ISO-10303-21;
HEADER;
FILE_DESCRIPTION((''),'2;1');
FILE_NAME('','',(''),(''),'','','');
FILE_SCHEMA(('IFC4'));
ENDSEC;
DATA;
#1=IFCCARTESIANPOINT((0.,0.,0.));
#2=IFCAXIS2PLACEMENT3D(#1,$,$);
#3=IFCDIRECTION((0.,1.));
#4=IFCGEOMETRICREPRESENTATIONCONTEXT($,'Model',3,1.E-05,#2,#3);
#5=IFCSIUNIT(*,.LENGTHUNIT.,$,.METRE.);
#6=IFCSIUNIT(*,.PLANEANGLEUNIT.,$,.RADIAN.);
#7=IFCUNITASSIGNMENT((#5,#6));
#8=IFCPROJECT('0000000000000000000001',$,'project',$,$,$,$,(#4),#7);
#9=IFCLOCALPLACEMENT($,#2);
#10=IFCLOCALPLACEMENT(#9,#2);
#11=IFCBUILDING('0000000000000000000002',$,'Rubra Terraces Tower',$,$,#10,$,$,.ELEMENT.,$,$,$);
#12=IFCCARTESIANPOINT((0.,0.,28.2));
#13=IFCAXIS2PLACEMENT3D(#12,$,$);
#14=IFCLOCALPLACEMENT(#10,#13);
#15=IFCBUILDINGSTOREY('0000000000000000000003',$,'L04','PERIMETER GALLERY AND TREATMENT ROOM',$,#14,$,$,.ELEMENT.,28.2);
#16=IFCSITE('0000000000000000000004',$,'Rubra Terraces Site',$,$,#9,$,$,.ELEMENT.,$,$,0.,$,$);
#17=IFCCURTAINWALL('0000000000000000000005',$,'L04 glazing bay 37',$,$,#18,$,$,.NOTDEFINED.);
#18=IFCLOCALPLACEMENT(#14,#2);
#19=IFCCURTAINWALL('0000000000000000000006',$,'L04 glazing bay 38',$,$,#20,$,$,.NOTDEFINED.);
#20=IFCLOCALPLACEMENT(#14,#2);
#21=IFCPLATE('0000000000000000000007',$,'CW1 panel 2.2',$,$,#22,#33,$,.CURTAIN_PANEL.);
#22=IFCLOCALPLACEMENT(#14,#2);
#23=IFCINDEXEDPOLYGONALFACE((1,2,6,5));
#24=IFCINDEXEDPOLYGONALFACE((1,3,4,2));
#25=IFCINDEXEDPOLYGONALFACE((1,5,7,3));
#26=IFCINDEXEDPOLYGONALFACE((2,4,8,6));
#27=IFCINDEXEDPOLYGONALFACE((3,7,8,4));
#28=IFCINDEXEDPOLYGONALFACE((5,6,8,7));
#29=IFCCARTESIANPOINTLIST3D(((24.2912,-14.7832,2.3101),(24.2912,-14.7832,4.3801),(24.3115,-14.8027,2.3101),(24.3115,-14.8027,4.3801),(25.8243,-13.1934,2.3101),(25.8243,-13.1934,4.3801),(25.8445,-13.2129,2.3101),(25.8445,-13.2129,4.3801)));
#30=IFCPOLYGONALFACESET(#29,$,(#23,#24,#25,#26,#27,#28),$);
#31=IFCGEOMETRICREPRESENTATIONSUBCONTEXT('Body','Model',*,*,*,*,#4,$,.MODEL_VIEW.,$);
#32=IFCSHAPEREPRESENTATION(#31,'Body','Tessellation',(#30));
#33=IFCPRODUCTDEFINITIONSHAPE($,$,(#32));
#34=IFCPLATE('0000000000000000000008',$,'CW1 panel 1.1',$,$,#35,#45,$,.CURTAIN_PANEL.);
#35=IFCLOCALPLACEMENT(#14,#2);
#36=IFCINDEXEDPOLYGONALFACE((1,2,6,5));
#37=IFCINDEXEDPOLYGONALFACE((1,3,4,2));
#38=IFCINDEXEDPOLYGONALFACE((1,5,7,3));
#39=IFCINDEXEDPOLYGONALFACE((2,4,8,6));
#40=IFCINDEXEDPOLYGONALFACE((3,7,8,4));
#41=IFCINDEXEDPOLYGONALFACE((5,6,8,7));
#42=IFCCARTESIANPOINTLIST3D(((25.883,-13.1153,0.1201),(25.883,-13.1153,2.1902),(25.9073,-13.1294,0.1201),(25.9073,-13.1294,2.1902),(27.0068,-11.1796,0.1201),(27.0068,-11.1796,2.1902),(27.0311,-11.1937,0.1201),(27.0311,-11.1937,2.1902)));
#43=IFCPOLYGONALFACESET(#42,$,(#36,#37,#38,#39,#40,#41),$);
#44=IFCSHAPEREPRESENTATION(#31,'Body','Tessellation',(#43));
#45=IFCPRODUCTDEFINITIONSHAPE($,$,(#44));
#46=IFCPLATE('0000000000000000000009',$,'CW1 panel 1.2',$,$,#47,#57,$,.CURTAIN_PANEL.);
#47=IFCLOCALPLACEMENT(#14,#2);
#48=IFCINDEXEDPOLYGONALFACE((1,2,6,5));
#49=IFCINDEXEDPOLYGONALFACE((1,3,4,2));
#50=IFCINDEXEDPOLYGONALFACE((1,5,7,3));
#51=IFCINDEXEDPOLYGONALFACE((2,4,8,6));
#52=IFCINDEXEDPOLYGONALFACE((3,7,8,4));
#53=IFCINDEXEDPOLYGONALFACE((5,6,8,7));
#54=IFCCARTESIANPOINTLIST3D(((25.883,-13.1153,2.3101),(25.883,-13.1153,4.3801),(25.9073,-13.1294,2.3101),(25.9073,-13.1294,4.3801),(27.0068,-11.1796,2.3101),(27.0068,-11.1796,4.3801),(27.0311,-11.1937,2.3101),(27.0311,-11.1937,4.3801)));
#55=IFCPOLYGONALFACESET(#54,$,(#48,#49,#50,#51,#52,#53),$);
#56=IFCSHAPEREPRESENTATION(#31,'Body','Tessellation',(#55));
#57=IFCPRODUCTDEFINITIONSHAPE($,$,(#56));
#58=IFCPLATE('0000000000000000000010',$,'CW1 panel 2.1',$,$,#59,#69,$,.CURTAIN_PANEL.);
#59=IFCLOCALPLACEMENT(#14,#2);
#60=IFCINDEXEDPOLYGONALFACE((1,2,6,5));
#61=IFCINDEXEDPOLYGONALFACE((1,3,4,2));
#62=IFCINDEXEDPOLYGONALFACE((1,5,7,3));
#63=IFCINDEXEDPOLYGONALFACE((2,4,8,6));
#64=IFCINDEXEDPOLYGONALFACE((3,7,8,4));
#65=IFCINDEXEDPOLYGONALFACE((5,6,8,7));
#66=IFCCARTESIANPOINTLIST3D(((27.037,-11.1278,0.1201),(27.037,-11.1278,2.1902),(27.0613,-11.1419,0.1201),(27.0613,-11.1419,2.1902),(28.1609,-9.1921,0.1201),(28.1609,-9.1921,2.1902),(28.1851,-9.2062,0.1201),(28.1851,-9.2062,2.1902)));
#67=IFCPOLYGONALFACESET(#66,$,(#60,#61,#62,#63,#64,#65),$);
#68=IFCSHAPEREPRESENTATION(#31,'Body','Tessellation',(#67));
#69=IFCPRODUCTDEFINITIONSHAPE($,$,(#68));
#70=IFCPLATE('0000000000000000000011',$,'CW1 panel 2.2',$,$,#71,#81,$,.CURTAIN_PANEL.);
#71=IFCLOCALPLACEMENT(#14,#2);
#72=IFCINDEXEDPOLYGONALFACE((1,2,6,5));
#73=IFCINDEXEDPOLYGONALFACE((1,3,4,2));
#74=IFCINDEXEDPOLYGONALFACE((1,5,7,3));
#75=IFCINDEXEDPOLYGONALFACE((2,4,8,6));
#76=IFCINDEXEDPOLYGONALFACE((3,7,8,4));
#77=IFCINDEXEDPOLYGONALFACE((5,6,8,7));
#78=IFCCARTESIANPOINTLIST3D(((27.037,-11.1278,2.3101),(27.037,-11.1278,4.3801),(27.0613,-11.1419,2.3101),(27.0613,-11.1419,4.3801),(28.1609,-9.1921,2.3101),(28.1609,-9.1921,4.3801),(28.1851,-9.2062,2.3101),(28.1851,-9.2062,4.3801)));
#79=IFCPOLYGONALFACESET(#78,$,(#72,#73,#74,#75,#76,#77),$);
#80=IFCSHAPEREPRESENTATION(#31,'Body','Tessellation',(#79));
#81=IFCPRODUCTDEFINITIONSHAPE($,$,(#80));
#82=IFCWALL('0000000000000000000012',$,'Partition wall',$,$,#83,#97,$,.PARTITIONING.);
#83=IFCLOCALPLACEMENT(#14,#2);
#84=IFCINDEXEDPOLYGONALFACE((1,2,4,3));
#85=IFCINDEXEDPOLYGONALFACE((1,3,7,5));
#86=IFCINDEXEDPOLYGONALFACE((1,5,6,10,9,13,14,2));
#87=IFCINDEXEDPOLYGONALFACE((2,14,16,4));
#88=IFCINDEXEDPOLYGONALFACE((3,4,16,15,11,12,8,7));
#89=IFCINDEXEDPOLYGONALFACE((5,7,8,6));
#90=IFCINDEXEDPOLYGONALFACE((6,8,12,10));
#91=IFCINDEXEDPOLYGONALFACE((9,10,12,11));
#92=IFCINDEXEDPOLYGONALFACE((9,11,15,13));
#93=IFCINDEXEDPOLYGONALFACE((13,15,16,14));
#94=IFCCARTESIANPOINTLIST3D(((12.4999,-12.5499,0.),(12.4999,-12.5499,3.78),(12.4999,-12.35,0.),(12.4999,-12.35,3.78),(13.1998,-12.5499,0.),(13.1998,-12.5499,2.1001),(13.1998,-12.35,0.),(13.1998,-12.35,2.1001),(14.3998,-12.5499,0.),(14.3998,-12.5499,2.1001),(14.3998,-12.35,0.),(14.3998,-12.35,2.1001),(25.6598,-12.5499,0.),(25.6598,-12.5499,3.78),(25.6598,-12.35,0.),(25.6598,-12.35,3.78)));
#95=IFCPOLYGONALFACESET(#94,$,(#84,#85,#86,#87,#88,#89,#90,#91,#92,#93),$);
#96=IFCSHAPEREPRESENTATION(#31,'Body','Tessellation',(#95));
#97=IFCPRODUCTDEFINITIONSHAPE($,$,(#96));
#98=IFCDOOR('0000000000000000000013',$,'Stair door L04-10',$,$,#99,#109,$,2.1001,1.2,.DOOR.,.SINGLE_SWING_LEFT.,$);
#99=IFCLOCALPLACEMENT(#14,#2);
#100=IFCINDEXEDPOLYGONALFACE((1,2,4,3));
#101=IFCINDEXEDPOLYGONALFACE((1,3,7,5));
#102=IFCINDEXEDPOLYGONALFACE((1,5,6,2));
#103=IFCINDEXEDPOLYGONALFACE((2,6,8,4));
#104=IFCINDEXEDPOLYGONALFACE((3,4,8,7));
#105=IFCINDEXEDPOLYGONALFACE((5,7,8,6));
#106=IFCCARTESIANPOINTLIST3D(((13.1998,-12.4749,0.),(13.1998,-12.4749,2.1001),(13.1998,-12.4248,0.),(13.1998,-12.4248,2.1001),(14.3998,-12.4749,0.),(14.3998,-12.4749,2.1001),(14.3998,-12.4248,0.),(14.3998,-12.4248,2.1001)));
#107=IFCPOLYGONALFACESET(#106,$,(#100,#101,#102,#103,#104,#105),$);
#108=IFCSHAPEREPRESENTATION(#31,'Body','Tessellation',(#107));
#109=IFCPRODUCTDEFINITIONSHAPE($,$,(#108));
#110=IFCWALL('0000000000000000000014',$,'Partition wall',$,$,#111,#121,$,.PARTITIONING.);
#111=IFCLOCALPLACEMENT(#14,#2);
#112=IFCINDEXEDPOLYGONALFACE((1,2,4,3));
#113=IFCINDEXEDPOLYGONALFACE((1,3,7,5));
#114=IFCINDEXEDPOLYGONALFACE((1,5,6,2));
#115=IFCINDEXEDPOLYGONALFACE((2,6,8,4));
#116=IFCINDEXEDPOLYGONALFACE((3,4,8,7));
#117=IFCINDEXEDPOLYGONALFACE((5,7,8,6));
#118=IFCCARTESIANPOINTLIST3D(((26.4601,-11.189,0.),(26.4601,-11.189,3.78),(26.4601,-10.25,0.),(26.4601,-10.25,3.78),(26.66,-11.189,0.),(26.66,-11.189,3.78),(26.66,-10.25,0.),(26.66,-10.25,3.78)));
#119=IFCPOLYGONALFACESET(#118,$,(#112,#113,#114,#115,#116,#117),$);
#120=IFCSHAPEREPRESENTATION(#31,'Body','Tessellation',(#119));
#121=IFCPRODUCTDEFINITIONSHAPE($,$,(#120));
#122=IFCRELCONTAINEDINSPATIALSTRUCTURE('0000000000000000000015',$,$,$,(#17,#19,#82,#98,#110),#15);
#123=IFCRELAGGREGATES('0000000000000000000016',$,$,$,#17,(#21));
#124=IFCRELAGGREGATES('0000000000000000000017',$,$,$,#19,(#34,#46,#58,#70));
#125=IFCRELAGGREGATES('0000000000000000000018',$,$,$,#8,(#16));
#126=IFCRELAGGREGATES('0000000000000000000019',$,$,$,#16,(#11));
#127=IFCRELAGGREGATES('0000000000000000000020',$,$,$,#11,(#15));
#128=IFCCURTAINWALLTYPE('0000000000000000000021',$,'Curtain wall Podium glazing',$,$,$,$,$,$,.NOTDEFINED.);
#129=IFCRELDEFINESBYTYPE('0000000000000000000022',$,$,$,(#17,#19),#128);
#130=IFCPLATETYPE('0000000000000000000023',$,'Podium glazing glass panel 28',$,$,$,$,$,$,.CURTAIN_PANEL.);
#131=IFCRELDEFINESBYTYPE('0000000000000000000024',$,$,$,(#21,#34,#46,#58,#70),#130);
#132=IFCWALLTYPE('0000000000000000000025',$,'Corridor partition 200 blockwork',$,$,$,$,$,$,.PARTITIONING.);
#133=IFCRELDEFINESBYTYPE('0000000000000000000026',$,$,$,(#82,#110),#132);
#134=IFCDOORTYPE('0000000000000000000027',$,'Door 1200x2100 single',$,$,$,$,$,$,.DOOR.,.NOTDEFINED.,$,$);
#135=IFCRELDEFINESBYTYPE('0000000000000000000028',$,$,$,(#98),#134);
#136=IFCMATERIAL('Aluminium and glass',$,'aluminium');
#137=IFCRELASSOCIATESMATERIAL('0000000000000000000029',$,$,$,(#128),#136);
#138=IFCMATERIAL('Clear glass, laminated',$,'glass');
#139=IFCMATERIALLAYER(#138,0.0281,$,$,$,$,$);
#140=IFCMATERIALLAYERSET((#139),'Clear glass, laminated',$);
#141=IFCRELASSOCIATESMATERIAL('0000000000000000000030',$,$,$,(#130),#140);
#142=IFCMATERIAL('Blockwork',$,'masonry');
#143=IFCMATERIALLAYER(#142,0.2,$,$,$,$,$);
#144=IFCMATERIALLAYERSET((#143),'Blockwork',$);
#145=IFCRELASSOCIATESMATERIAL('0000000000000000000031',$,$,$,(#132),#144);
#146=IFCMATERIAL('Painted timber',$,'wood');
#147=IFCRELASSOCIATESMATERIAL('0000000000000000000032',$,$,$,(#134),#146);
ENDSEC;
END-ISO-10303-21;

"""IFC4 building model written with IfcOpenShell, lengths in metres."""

from ifc_helpers import new_model, si_unit, direction, frame, frame_2d, origin, origin_2d, place, context, subcontext, project, spatial, rectangle, extrude, material, layer, layer_set, type_object, element, fill, aggregate, save


model = new_model("IFC4")

# Units and contexts
model_context = context("Model", 3, precision=1e-05, world=origin(), true_north=direction((0.0, 1.0)))
body_context = subcontext(model_context, "Body", "Model", "MODEL_VIEW")
ifc_project = project(units=[si_unit("LENGTHUNIT", "METRE"), si_unit("PLANEANGLEUNIT", "RADIAN")], contexts=[model_context])

# Site, building, storey
site_placement = place(None, origin())
site = spatial("IfcSite", under=ifc_project, at=site_placement, Name="Rubra Terraces Site", CompositionType="ELEMENT", RefElevation=0.0)
building_placement = place(site_placement, origin())
building = spatial("IfcBuilding", under=site, at=building_placement, Name="Rubra Terraces Tower", CompositionType="ELEMENT")
storey_placement = place(building_placement, frame((0.0, 0.0, 28.2)))
storey = spatial("IfcBuildingStorey", under=building, at=storey_placement, Name="L04", Description="PERIMETER GALLERY AND TREATMENT ROOM", CompositionType="ELEMENT", Elevation=28.2)

# Curtain walls
ifc_material_1 = material(Name="Aluminium and glass", Category="aluminium")
curtain_wall_type = type_object("IfcCurtainWallType", Name="Curtain wall Podium glazing", PredefinedType="NOTDEFINED", material=ifc_material_1)
curtain_wall_1_placement = place(storey_placement, origin())
curtain_wall_1 = element("IfcCurtainWall", 1, at=curtain_wall_1_placement, inside=storey, type_object=curtain_wall_type, Name="L04 glazing bay 37", PredefinedType="NOTDEFINED")
curtain_wall_2_placement = place(storey_placement, origin())
curtain_wall_2 = element("IfcCurtainWall", 2, at=curtain_wall_2_placement, inside=storey, type_object=curtain_wall_type, Name="L04 glazing bay 38", PredefinedType="NOTDEFINED")

# Shared definitions
ifc_material_2 = material(Name="Clear glass, laminated", Category="glass")
ifc_layer_1 = layer(ifc_material_2, 0.0281)
ifc_layer_set_1 = layer_set([ifc_layer_1], Name="Clear glass, laminated")
plate_type = type_object("IfcPlateType", Name="Podium glazing glass panel 28", PredefinedType="CURTAIN_PANEL", material=ifc_layer_set_1)

# Plates
plate_1_placement = place(storey_placement, frame((25.0679, -13.998, 2.3101), z_axis=(0.0, 0.0, 1.0), x_axis=(0.694156, 0.719825, 0.0)))
plate_1 = element("IfcPlate", 3, at=plate_1_placement, type_object=plate_type, Name="CW1 panel 2.2", PredefinedType="CURTAIN_PANEL", context=body_context, shape_type="SweptSolid", body=[
    extrude(rectangle(XDim=2.2085, YDim=0.0281, at=origin_2d()), origin(), (0.0, 0.0, 1.0), 2.0701),
])
aggregate(curtain_wall_1, [plate_1])
plate_2_placement = place(storey_placement, frame((26.457, -12.1545, 0.1201), z_axis=(0.0, 0.0, 1.0), x_axis=(0.502094, 0.864813, 0.0)))
plate_2 = element("IfcPlate", 4, at=plate_2_placement, type_object=plate_type, Name="CW1 panel 1.1", PredefinedType="CURTAIN_PANEL", context=body_context, shape_type="SweptSolid", body=[
    extrude(rectangle(XDim=2.2383, YDim=0.0281, at=origin_2d()), origin(), (0.0, 0.0, 1.0), 2.0701),
])
plate_3_placement = place(storey_placement, frame((26.457, -12.1545, 2.3101), z_axis=(0.0, 0.0, 1.0), x_axis=(0.502094, 0.864813, 0.0)))
plate_3 = element("IfcPlate", 5, at=plate_3_placement, type_object=plate_type, Name="CW1 panel 1.2", PredefinedType="CURTAIN_PANEL", context=body_context, shape_type="SweptSolid", body=[
    extrude(rectangle(XDim=2.2383, YDim=0.0281, at=origin_2d()), origin(), (0.0, 0.0, 1.0), 2.0701),
])
plate_4_placement = place(storey_placement, frame((27.6111, -10.167, 0.1201), z_axis=(0.0, 0.0, 1.0), x_axis=(0.502094, 0.864813, 0.0)))
plate_4 = element("IfcPlate", 6, at=plate_4_placement, type_object=plate_type, Name="CW1 panel 2.1", PredefinedType="CURTAIN_PANEL", context=body_context, shape_type="SweptSolid", body=[
    extrude(rectangle(XDim=2.2383, YDim=0.0281, at=origin_2d()), origin(), (0.0, 0.0, 1.0), 2.0701),
])
plate_5_placement = place(storey_placement, frame((27.6111, -10.167, 2.3101), z_axis=(0.0, 0.0, 1.0), x_axis=(0.502094, 0.864813, 0.0)))
plate_5 = element("IfcPlate", 7, at=plate_5_placement, type_object=plate_type, Name="CW1 panel 2.2", PredefinedType="CURTAIN_PANEL", context=body_context, shape_type="SweptSolid", body=[
    extrude(rectangle(XDim=2.2383, YDim=0.0281, at=origin_2d()), origin(), (0.0, 0.0, 1.0), 2.0701),
])
aggregate(curtain_wall_2, [plate_2, plate_3, plate_4, plate_5])

# Wall, opening, door
ifc_material_3 = material(Name="Blockwork", Category="masonry")
ifc_layer_2 = layer(ifc_material_3, 0.2)
ifc_layer_set_2 = layer_set([ifc_layer_2], Name="Blockwork")
wall_type = type_object("IfcWallType", Name="Corridor partition 200 blockwork", PredefinedType="PARTITIONING", material=ifc_layer_set_2)
wall_1_placement = place(storey_placement, frame((25.6599, -12.45, 0.0), z_axis=(0.0, 0.0, 1.0), x_axis=(-1.0, 0.0, 0.0)))
wall_1 = element("IfcWall", 8, at=wall_1_placement, inside=storey, type_object=wall_type, Name="Partition wall", PredefinedType="PARTITIONING", context=body_context, shape_type="SweptSolid", body=[
    extrude(rectangle(XDim=13.1599, YDim=0.2, at=frame_2d((6.5801, 0.0))), origin(), (0.0, 0.0, 1.0), 3.78),
])
opening_placement = place(wall_1_placement, frame((11.26, 0.0, 0.0)))
opening = element("IfcOpeningElement", 9, at=opening_placement, cuts=wall_1, PredefinedType="OPENING", context=body_context, shape_type="SweptSolid", body=[
    extrude(rectangle(XDim=1.2, YDim=2.1001, at=frame_2d((0.6001, 1.05))), frame((0.0, 0.1099, 0.0), z_axis=(0.0, -1.0, 0.0), x_axis=(1.0, 0.0, 0.0)), (0.0, 0.0, 1.0), 0.22),
])
ifc_material_4 = material(Name="Painted timber", Category="wood")
door_type = type_object("IfcDoorType", Name="Door 1200x2100 single", OperationType="NOTDEFINED", PredefinedType="DOOR", material=ifc_material_4)
door_placement = place(opening_placement, origin())
door = element("IfcDoor", 10, at=door_placement, inside=storey, type_object=door_type, Name="Stair door L04-10", OperationType="SINGLE_SWING_LEFT", OverallHeight=2.1001, OverallWidth=1.2, PredefinedType="DOOR", context=body_context, shape_type="SweptSolid", body=[
    extrude(rectangle(XDim=1.2, YDim=2.1001, at=frame_2d((0.6001, 1.05))), frame((0.0, 0.0249, 0.0), z_axis=(0.0, -1.0, 0.0), x_axis=(1.0, 0.0, 0.0)), (0.0, 0.0, 1.0), 0.05),
])
fill(opening, door)

# Wall
wall_2_placement = place(storey_placement, frame((26.5601, -10.25, 0.0), z_axis=(0.0, 0.0, 1.0), x_axis=(0.0, -1.0, 0.0)))
element("IfcWall", 11, at=wall_2_placement, inside=storey, type_object=wall_type, Name="Partition wall", PredefinedType="PARTITIONING", context=body_context, shape_type="SweptSolid", body=[
    extrude(rectangle(XDim=0.939, YDim=0.2, at=frame_2d((0.4695, 0.0))), origin(), (0.0, 0.0, 1.0), 3.78),
])

save(model, "model.ifc")
